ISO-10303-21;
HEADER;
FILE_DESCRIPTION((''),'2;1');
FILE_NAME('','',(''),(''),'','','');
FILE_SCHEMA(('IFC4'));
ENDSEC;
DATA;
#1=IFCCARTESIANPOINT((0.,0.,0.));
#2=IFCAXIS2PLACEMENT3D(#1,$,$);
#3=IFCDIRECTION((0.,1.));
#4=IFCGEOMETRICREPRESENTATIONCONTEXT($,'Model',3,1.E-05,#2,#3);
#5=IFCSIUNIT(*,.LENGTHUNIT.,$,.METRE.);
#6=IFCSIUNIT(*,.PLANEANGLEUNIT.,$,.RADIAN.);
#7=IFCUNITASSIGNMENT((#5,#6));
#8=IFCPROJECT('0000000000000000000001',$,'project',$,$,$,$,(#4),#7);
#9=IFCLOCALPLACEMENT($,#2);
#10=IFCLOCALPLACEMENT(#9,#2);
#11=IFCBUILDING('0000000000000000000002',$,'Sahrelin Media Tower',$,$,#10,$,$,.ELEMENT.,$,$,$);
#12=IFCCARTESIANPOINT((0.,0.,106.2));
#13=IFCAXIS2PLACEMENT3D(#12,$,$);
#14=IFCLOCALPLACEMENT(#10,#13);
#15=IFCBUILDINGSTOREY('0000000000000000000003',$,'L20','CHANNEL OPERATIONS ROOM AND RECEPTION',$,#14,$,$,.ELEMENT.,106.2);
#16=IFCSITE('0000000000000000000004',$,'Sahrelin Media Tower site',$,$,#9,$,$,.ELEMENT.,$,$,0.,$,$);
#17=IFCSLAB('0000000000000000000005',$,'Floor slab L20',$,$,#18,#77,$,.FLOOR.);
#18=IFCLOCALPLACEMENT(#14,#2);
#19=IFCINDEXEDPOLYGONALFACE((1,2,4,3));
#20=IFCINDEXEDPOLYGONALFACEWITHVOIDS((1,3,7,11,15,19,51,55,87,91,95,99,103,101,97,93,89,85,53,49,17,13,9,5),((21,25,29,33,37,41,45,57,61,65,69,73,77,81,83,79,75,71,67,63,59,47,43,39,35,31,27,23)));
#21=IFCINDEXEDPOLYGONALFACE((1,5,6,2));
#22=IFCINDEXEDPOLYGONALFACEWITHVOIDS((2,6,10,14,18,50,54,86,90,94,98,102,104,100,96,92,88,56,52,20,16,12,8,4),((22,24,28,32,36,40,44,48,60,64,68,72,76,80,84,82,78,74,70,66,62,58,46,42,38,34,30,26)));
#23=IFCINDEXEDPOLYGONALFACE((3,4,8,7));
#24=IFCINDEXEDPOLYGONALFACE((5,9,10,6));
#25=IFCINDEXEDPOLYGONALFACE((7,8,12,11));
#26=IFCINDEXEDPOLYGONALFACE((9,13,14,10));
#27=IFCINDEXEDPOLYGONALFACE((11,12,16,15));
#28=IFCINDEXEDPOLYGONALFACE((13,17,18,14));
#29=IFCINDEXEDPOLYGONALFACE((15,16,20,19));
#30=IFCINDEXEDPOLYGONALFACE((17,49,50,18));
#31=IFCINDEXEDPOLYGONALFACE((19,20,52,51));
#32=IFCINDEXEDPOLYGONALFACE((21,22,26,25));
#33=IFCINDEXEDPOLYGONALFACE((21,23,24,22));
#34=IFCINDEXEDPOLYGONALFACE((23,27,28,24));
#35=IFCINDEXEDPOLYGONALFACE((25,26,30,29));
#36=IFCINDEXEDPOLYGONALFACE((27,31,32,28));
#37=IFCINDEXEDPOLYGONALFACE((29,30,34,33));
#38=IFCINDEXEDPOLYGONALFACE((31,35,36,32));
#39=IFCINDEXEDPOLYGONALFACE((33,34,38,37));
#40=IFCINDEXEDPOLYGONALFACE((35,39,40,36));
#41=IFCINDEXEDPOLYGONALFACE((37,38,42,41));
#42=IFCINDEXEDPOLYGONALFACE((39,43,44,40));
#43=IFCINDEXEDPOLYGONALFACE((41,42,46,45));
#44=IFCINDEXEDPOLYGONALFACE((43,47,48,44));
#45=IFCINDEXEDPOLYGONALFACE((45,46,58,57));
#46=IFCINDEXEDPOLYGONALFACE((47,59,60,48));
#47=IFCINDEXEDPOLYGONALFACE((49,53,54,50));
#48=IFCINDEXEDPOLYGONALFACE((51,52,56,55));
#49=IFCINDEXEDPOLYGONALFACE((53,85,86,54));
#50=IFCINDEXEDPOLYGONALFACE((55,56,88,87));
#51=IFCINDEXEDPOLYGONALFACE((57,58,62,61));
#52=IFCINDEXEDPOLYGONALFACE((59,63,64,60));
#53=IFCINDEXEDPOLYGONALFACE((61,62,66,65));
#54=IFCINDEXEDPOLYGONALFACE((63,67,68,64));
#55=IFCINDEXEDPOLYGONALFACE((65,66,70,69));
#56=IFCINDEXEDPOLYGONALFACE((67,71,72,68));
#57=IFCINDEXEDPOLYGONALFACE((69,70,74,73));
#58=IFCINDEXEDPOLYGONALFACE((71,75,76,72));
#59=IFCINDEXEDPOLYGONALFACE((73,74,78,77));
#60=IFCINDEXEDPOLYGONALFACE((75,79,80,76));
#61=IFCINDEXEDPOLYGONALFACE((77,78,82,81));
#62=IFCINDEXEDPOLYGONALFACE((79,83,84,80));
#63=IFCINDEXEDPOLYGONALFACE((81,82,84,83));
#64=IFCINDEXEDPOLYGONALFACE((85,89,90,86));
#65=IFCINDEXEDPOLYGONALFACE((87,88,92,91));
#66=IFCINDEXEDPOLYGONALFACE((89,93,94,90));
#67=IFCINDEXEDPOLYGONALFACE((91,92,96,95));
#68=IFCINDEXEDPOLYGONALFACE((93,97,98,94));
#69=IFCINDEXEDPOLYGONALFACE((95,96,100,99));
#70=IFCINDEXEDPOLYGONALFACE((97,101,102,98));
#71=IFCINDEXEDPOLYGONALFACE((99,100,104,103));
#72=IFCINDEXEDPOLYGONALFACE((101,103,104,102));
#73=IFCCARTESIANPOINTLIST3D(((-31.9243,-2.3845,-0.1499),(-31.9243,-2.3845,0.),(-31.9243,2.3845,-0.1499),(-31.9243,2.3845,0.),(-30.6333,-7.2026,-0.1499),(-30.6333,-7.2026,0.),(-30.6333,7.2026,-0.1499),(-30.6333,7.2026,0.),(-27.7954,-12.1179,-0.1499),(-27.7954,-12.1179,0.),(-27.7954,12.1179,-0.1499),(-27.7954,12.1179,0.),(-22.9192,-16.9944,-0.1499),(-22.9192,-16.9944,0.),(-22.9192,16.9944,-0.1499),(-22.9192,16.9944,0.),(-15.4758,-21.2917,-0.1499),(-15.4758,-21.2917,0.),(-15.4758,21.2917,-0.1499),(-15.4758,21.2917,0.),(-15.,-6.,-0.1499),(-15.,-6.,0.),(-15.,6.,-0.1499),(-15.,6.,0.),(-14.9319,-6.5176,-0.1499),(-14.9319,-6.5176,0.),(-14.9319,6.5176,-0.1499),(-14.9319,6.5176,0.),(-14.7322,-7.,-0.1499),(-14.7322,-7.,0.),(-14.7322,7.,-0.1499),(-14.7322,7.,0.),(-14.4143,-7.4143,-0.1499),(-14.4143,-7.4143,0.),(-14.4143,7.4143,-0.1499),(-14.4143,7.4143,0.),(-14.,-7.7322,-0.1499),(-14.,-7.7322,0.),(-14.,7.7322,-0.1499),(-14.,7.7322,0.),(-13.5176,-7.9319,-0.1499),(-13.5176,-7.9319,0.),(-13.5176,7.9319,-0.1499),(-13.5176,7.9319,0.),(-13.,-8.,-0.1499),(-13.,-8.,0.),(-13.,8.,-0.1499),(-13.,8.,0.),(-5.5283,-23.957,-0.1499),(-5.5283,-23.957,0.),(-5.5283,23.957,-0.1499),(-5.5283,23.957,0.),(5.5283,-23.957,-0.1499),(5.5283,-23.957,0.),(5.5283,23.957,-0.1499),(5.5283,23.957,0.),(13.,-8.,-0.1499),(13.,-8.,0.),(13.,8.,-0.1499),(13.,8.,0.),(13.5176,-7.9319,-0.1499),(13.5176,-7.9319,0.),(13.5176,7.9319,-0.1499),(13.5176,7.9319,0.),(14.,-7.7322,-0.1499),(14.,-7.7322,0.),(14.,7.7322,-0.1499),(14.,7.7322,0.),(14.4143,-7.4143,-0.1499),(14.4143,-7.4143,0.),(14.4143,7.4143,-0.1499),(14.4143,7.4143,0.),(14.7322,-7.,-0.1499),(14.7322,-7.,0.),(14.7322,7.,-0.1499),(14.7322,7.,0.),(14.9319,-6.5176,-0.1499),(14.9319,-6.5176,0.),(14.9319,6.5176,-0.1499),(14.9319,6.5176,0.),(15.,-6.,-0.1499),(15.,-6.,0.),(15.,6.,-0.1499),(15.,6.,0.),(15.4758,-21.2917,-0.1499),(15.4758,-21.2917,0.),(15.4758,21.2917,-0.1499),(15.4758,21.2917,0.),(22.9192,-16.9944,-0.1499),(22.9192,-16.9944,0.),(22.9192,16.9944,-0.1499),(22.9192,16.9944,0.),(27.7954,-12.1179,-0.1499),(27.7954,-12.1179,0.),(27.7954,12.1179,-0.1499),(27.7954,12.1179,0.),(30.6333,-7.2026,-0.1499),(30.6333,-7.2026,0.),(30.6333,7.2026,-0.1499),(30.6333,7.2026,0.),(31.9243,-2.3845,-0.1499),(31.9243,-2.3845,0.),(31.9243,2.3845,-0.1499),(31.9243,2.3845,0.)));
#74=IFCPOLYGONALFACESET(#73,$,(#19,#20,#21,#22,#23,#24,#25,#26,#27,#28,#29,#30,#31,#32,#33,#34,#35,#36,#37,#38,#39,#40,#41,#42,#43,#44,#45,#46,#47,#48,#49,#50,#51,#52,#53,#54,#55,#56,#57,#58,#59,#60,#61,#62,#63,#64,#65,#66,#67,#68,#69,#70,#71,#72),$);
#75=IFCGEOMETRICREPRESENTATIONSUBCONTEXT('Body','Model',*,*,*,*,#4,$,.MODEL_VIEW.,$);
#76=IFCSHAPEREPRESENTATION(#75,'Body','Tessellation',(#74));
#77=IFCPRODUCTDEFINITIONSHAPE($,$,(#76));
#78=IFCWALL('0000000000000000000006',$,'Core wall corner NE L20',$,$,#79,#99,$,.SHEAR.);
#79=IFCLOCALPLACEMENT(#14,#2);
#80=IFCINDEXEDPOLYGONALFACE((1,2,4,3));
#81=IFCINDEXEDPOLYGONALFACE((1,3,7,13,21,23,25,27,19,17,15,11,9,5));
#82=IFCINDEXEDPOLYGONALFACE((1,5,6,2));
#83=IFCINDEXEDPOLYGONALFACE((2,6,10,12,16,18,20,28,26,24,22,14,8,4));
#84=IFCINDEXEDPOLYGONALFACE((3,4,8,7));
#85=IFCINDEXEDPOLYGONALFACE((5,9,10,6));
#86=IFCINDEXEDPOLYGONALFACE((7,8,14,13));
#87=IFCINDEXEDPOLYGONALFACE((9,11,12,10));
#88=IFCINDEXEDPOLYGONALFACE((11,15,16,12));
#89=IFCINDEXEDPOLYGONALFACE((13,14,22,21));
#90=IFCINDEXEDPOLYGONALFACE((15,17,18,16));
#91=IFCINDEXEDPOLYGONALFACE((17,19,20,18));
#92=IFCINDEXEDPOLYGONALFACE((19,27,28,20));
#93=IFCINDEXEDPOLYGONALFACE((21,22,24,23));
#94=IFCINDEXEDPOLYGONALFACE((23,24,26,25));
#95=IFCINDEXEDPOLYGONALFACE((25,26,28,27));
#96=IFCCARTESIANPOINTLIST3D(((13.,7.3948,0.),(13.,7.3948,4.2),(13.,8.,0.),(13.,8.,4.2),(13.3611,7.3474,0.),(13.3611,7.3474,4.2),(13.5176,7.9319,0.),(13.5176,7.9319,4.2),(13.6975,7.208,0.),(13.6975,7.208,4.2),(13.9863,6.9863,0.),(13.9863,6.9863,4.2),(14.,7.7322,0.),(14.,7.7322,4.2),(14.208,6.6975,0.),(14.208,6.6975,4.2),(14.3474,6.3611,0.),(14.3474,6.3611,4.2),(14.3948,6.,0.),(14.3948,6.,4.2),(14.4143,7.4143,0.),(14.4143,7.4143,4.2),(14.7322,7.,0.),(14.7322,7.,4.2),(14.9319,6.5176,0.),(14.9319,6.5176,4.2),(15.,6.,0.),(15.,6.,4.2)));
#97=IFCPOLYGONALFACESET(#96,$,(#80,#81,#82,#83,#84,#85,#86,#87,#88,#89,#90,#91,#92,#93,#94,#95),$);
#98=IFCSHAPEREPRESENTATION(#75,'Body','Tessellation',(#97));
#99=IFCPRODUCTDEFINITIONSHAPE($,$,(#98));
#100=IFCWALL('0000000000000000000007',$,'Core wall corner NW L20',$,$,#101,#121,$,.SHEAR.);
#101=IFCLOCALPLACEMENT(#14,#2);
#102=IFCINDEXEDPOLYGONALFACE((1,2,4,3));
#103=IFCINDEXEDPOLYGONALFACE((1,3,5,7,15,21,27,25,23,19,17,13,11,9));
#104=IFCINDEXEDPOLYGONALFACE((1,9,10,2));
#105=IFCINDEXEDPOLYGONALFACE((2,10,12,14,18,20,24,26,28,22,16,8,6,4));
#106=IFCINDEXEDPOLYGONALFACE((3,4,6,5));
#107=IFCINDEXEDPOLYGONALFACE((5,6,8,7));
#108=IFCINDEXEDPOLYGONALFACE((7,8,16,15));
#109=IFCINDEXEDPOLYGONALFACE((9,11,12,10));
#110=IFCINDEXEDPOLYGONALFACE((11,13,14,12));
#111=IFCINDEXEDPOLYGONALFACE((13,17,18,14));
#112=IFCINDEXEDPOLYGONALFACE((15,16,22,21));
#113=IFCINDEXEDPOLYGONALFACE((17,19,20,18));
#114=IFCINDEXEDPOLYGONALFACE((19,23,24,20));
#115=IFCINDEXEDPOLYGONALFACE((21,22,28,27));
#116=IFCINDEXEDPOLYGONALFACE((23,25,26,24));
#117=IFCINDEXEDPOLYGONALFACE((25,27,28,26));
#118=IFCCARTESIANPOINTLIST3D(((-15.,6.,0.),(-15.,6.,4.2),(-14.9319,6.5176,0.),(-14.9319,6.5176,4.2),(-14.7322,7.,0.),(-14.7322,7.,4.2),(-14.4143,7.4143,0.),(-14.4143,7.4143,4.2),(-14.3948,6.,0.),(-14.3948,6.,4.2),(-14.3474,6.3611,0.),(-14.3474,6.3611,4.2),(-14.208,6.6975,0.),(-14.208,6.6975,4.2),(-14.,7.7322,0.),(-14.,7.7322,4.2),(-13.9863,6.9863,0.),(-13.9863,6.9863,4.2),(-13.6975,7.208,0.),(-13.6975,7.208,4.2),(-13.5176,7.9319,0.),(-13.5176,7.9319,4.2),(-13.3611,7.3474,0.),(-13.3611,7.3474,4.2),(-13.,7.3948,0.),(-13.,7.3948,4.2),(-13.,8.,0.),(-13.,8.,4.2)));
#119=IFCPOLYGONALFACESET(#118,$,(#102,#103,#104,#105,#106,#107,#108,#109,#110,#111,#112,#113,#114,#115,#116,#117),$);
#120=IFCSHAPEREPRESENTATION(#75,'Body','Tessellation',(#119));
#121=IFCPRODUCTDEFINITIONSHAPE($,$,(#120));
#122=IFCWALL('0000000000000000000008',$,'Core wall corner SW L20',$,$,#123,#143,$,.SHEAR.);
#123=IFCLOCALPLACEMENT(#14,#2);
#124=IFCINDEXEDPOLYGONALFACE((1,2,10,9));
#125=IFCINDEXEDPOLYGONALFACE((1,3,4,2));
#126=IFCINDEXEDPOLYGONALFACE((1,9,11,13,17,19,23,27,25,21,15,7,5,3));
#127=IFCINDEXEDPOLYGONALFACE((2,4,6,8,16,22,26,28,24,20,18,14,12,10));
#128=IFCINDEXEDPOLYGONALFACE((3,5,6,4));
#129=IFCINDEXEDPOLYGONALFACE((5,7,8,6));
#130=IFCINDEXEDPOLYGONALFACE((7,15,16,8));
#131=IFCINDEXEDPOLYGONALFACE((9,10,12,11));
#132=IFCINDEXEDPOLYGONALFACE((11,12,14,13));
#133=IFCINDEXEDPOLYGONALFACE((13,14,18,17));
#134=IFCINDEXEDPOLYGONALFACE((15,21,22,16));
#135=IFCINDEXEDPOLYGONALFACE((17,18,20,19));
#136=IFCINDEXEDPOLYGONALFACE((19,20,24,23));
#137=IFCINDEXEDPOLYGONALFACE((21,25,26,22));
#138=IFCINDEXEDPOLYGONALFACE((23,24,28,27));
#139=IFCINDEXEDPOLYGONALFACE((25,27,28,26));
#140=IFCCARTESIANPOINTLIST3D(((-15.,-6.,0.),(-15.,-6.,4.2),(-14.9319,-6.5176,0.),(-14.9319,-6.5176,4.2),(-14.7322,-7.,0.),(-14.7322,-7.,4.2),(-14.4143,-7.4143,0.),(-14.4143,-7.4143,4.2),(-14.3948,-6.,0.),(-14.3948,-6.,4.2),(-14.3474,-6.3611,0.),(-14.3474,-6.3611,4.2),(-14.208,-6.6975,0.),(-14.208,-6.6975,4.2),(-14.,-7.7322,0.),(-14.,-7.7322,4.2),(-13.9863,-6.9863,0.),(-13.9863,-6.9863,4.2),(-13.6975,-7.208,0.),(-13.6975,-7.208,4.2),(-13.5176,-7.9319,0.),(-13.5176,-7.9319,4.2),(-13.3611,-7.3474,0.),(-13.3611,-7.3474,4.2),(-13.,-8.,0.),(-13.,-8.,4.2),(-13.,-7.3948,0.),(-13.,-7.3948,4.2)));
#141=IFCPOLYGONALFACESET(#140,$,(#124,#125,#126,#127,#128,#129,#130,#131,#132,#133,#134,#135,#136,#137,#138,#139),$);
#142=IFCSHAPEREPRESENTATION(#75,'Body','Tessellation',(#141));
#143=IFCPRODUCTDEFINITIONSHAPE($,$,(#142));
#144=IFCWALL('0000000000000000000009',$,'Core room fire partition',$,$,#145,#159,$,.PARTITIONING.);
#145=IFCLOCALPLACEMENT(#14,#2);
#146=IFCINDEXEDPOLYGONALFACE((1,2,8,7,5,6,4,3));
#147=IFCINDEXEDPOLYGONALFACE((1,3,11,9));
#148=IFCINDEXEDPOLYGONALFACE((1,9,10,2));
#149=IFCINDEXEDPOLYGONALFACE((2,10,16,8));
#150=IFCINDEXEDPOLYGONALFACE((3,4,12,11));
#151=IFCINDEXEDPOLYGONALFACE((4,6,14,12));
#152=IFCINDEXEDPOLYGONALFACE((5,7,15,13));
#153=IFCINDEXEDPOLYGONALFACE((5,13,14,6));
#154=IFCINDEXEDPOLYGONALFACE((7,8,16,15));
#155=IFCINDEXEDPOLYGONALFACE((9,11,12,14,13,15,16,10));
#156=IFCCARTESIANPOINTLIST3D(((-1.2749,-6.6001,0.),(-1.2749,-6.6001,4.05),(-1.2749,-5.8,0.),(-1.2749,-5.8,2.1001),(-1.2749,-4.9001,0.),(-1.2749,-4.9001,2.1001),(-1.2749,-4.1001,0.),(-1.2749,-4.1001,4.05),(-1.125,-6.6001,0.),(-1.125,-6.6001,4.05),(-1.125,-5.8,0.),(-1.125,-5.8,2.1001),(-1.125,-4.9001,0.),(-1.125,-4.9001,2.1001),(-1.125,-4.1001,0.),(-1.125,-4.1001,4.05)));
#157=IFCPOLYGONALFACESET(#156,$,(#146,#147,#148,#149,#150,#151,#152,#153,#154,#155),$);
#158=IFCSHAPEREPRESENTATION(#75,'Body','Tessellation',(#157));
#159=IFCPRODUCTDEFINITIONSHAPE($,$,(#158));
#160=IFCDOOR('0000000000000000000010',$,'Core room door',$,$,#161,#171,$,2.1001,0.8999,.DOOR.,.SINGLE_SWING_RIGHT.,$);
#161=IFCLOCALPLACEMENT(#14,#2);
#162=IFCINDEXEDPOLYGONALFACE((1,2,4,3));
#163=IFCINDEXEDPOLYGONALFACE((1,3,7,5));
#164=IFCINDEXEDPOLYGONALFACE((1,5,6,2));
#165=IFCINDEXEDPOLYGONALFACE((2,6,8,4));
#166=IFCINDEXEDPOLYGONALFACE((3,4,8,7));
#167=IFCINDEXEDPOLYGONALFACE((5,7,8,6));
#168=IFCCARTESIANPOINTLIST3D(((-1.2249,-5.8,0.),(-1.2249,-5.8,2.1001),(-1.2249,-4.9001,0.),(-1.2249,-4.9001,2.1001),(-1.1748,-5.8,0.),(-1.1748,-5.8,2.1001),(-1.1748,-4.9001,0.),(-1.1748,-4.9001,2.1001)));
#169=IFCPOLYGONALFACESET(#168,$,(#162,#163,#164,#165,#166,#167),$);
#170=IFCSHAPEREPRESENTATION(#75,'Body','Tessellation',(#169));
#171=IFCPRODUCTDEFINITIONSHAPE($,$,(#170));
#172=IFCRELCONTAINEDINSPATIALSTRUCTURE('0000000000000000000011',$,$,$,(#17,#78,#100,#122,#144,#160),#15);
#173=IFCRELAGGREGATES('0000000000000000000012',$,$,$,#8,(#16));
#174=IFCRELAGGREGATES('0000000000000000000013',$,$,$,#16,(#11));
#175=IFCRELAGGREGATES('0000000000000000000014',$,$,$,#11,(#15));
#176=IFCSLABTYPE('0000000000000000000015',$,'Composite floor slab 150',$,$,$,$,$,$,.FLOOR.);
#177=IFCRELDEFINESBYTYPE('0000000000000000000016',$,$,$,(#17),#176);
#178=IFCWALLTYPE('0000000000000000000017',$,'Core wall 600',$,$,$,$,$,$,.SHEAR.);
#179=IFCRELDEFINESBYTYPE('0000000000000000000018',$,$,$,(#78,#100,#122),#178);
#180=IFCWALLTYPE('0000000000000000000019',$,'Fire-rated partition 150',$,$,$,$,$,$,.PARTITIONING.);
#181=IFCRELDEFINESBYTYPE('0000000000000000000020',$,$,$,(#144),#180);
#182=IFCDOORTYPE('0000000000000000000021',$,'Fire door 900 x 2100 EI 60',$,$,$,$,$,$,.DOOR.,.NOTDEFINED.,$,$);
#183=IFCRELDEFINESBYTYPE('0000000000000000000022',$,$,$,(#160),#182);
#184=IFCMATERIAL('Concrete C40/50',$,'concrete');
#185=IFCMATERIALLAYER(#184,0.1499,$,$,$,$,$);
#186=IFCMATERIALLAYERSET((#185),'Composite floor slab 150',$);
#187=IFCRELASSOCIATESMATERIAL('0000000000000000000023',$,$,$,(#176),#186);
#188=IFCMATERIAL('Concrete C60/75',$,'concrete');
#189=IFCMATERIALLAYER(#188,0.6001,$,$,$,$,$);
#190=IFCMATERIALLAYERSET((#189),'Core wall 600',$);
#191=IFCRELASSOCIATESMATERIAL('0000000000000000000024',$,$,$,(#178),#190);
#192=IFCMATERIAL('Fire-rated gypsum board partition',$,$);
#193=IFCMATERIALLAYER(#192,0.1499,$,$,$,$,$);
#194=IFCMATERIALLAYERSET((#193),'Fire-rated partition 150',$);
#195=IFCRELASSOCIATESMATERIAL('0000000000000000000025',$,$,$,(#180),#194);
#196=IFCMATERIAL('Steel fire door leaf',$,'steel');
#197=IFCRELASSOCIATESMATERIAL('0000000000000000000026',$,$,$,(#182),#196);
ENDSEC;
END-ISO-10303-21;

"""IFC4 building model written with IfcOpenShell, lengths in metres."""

from ifc_helpers import new_model, si_unit, direction, frame, frame_2d, origin, place, context, subcontext, project, spatial, polyline, rectangle, outline, extrude, material, layer, layer_set, type_object, element, fill, save


model = new_model("IFC4")

# Units and contexts
model_context = context("Model", 3, precision=1e-05, world=origin(), true_north=direction((0.0, 1.0)))
body_context = subcontext(model_context, "Body", "Model", "MODEL_VIEW")
ifc_project = project(units=[si_unit("LENGTHUNIT", "METRE"), si_unit("PLANEANGLEUNIT", "RADIAN")], contexts=[model_context])

# Site, building, storey
site_placement = place(None, origin())
site = spatial("IfcSite", under=ifc_project, at=site_placement, Name="Sahrelin Media Tower site", CompositionType="ELEMENT", RefElevation=0.0)
building_placement = place(site_placement, origin())
building = spatial("IfcBuilding", under=site, at=building_placement, Name="Sahrelin Media Tower", CompositionType="ELEMENT")
storey_placement = place(building_placement, frame((0.0, 0.0, 106.2)))
storey = spatial("IfcBuildingStorey", under=building, at=storey_placement, Name="L20", Description="CHANNEL OPERATIONS ROOM AND RECEPTION", CompositionType="ELEMENT", Elevation=106.2)

# Slab
ifc_material_1 = material(Name="Concrete C40/50", Category="concrete")
ifc_layer_1 = layer(ifc_material_1, 0.1499)
ifc_layer_set_1 = layer_set([ifc_layer_1], Name="Composite floor slab 150")
slab_type = type_object("IfcSlabType", Name="Composite floor slab 150", PredefinedType="FLOOR", material=ifc_layer_set_1)
slab_placement = place(storey_placement, frame((0.0, 0.0, -0.1499)))
element("IfcSlab", 1, at=slab_placement, inside=storey, type_object=slab_type, Name="Floor slab L20", PredefinedType="FLOOR", context=body_context, shape_type="SweptSolid", body=[
    extrude(outline(polyline([(31.9243, -2.3845), (31.9243, 2.3845), (30.6333, 7.2026), (27.7954, 12.1179), (22.9192, 16.9944), (15.4758, 21.2917), (5.5283, 23.957), (-5.5283, 23.957), (-15.4758, 21.2917), (-22.9192, 16.9944), (-27.7954, 12.1179), (-30.6333, 7.2026), (-31.9243, 2.3845), (-31.9243, -2.3845), (-30.6333, -7.2026), (-27.7954, -12.1179), (-22.9192, -16.9944), (-15.4758, -21.2917), (-5.5283, -23.957), (5.5283, -23.957), (15.4758, -21.2917), (22.9192, -16.9944), (27.7954, -12.1179), (30.6333, -7.2026), (31.9243, -2.3845)]), holes=[polyline([(14.9319, 6.5176), (15.0, 6.0), (15.0, -6.0), (14.9319, -6.5176), (14.7322, -7.0), (14.4143, -7.4143), (14.0, -7.7322), (13.5176, -7.9319), (13.0, -8.0), (-13.0, -8.0), (-13.5176, -7.9319), (-14.0, -7.7322), (-14.4143, -7.4143), (-14.7322, -7.0), (-14.9319, -6.5176), (-15.0, -6.0), (-15.0, 6.0), (-14.9319, 6.5176), (-14.7322, 7.0), (-14.4143, 7.4143), (-14.0, 7.7322), (-13.5176, 7.9319), (-13.0, 8.0), (13.0, 8.0), (13.5176, 7.9319), (14.0, 7.7322), (14.4143, 7.4143), (14.7322, 7.0), (14.9319, 6.5176)])]), origin(), (0.0, 0.0, 1.0), 0.1499),
])

# Walls
ifc_material_2 = material(Name="Concrete C60/75", Category="concrete")
ifc_layer_2 = layer(ifc_material_2, 0.6001)
ifc_layer_set_2 = layer_set([ifc_layer_2], Name="Core wall 600")
wall_type_1 = type_object("IfcWallType", Name="Core wall 600", PredefinedType="SHEAR", material=ifc_layer_set_2)
placement = place(storey_placement, origin())
element("IfcWall", 2, at=placement, inside=storey, type_object=wall_type_1, Name="Core wall corner NE L20", PredefinedType="SHEAR", context=body_context, shape_type="SweptSolid", body=[
    extrude(outline(polyline([(13.0, 8.0), (13.0, 7.3948), (13.3611, 7.3474), (13.6975, 7.208), (13.9863, 6.9863), (14.208, 6.6975), (14.3474, 6.3611), (14.3948, 6.0), (15.0, 6.0), (14.9319, 6.5176), (14.7322, 7.0), (14.4143, 7.4143), (14.0, 7.7322), (13.5176, 7.9319), (13.0, 8.0)])), origin(), (0.0, 0.0, 1.0), 4.2),
])
element("IfcWall", 3, at=placement, inside=storey, type_object=wall_type_1, Name="Core wall corner NW L20", PredefinedType="SHEAR", context=body_context, shape_type="SweptSolid", body=[
    extrude(outline(polyline([(-15.0, 6.0), (-14.3948, 6.0), (-14.3474, 6.3611), (-14.208, 6.6975), (-13.9863, 6.9863), (-13.6975, 7.208), (-13.3611, 7.3474), (-13.0, 7.3948), (-13.0, 8.0), (-13.5176, 7.9319), (-14.0, 7.7322), (-14.4143, 7.4143), (-14.7322, 7.0), (-14.9319, 6.5176), (-15.0, 6.0)])), origin(), (0.0, 0.0, 1.0), 4.2),
])
element("IfcWall", 4, at=placement, inside=storey, type_object=wall_type_1, Name="Core wall corner SW L20", PredefinedType="SHEAR", context=body_context, shape_type="SweptSolid", body=[
    extrude(outline(polyline([(-13.0, -8.0), (-13.0, -7.3948), (-13.3611, -7.3474), (-13.6975, -7.208), (-13.9863, -6.9863), (-14.208, -6.6975), (-14.3474, -6.3611), (-14.3948, -6.0), (-15.0, -6.0), (-14.9319, -6.5176), (-14.7322, -7.0), (-14.4143, -7.4143), (-14.0, -7.7322), (-13.5176, -7.9319), (-13.0, -8.0)])), origin(), (0.0, 0.0, 1.0), 4.2),
])

# Wall, opening, door
ifc_material_3 = material(Name="Fire-rated gypsum board partition")
ifc_layer_3 = layer(ifc_material_3, 0.1499)
ifc_layer_set_3 = layer_set([ifc_layer_3], Name="Fire-rated partition 150")
wall_type_2 = type_object("IfcWallType", Name="Fire-rated partition 150", PredefinedType="PARTITIONING", material=ifc_layer_set_3)
wall_1_placement = place(storey_placement, frame((-1.2, -6.6001, 0.0), z_axis=(0.0, 0.0, 1.0), x_axis=(0.0, 1.0, 0.0)))
wall_1 = element("IfcWall", 5, at=wall_1_placement, inside=storey, type_object=wall_type_2, Name="Core room fire partition", PredefinedType="PARTITIONING", context=body_context, shape_type="SweptSolid", body=[
    extrude(rectangle(XDim=2.5, YDim=0.1499, at=frame_2d((1.25, 0.0))), origin(), (0.0, 0.0, 1.0), 4.05),
])
opening_1_placement = place(wall_1_placement, frame((0.8, 0.0, 0.0)))
opening_1 = element("IfcOpeningElement", 6, at=opening_1_placement, cuts=wall_1, PredefinedType="OPENING", context=body_context, shape_type="SweptSolid", body=[
    extrude(rectangle(XDim=0.8999, YDim=2.1001, at=frame_2d((0.45, 1.05))), frame((0.0, 0.075, 0.0), z_axis=(0.0, -1.0, 0.0), x_axis=(1.0, 0.0, 0.0)), (0.0, 0.0, 1.0), 0.1499),
])
ifc_material_4 = material(Name="Steel fire door leaf", Category="steel")
door_type_1 = type_object("IfcDoorType", Name="Fire door 900 x 2100 EI 60", OperationType="NOTDEFINED", PredefinedType="DOOR", material=ifc_material_4)
door_1_placement = place(opening_1_placement, origin())
door_1 = element("IfcDoor", 7, at=door_1_placement, inside=storey, type_object=door_type_1, Name="Core room door", OperationType="SINGLE_SWING_RIGHT", OverallHeight=2.1001, OverallWidth=0.8999, PredefinedType="DOOR", context=body_context, shape_type="SweptSolid", body=[
    extrude(rectangle(XDim=0.8999, YDim=2.1001, at=frame_2d((0.45, 1.05))), frame((0.0, 0.0249, 0.0), z_axis=(0.0, -1.0, 0.0), x_axis=(1.0, 0.0, 0.0)), (0.0, 0.0, 1.0), 0.05),
])
fill(opening_1, door_1)

save(model, "model.ifc")
